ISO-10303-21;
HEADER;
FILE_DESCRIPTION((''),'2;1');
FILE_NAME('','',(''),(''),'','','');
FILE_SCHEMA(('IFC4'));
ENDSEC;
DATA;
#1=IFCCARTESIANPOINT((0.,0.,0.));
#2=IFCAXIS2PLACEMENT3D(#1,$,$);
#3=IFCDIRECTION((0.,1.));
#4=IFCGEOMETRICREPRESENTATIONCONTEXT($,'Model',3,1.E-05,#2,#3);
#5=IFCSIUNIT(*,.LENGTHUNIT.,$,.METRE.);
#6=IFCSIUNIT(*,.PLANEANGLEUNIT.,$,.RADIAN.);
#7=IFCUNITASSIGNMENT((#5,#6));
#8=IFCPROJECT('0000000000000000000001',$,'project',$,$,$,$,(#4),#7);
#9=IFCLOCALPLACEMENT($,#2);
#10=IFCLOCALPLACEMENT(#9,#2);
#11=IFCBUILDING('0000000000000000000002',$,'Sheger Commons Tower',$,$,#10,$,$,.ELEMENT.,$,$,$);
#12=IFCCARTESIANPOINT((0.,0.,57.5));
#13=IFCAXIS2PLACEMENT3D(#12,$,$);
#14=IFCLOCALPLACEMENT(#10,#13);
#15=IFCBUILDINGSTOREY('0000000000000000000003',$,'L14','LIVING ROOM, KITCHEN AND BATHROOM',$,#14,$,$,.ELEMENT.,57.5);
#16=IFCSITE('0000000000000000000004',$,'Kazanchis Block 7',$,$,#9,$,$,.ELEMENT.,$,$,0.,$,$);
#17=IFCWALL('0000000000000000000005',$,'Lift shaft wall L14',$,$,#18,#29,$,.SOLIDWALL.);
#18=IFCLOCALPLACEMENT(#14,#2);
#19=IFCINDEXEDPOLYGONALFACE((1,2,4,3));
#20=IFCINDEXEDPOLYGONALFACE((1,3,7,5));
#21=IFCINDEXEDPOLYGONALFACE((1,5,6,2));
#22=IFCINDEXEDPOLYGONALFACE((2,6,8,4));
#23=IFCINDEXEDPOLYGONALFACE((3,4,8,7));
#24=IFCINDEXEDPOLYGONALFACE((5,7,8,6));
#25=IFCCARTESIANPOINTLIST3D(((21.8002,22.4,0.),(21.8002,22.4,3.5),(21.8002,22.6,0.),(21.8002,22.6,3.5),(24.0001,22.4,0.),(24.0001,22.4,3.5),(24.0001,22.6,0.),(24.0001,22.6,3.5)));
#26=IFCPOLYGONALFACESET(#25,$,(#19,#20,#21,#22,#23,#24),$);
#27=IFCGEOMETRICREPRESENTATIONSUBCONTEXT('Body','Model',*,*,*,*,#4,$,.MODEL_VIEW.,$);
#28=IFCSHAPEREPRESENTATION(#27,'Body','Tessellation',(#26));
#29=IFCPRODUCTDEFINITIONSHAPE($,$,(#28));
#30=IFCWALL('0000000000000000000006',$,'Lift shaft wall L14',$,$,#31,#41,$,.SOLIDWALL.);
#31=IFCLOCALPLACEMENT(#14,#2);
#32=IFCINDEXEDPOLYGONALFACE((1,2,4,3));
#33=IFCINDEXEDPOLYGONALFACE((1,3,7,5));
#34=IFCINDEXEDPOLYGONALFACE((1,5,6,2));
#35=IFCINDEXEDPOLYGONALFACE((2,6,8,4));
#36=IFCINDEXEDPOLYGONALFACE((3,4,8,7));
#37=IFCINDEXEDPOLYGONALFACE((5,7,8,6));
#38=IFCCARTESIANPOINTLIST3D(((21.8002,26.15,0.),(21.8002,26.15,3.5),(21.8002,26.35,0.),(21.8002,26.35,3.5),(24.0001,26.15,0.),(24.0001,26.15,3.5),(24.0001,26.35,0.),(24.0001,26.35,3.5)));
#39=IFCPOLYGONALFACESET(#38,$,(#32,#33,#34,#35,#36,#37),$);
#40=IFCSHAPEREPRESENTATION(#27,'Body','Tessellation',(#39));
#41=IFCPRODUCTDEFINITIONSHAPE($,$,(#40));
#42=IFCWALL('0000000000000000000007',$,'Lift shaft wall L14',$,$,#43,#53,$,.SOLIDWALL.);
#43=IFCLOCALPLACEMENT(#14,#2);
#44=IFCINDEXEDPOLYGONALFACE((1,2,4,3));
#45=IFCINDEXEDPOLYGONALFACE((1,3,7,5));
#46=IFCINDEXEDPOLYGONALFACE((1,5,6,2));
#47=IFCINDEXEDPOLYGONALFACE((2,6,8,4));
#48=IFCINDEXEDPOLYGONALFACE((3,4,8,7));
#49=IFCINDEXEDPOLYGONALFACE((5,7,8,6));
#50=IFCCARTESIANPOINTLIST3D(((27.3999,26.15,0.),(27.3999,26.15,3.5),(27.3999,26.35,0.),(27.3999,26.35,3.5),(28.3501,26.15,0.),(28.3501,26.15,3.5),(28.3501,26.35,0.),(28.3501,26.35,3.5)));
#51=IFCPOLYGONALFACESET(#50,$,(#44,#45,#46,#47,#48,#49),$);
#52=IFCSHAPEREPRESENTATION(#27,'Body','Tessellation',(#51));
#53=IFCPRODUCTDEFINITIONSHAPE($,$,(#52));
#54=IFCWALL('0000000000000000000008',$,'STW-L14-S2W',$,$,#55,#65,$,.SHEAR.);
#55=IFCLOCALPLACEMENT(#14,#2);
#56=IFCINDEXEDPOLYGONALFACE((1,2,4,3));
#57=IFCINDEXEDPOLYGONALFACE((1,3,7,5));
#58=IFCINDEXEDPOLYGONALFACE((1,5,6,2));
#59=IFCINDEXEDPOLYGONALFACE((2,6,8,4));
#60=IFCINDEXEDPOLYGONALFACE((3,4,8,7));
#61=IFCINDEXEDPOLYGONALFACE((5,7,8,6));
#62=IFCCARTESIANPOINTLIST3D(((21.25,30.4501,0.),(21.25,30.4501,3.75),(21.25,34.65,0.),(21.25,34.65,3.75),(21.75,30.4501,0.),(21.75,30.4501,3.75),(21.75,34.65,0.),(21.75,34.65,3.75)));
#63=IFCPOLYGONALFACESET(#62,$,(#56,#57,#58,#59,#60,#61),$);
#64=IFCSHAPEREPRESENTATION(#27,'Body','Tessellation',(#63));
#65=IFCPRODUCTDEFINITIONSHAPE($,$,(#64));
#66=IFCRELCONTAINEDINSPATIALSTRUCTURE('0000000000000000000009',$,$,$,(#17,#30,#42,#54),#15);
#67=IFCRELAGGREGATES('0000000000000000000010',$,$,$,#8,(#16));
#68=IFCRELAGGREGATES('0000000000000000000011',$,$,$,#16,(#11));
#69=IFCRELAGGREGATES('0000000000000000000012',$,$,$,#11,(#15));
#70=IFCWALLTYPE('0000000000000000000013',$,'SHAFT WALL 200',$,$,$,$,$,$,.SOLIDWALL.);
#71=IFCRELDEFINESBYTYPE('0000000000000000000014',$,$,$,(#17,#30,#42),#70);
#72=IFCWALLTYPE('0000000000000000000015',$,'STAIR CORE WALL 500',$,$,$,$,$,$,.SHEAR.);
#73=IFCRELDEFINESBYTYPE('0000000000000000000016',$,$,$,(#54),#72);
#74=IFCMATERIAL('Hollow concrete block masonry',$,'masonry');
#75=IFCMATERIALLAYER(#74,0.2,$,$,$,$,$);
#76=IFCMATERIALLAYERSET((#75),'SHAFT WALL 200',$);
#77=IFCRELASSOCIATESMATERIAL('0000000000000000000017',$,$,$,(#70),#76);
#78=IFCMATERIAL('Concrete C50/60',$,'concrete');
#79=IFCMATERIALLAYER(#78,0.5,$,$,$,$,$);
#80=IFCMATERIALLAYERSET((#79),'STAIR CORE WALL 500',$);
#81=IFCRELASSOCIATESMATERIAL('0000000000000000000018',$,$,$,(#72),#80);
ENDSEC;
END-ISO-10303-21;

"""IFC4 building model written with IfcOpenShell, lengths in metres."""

from ifc_helpers import new_model, si_unit, direction, frame, frame_2d, origin, place, context, subcontext, project, spatial, rectangle, extrude, material, layer, layer_set, type_object, element, save


model = new_model("IFC4")

# Units and contexts
model_context = context("Model", 3, precision=1e-05, world=origin(), true_north=direction((0.0, 1.0)))
body_context = subcontext(model_context, "Body", "Model", "MODEL_VIEW")
ifc_project = project(units=[si_unit("LENGTHUNIT", "METRE"), si_unit("PLANEANGLEUNIT", "RADIAN")], contexts=[model_context])

# Site, building, storey
site_placement = place(None, origin())
site = spatial("IfcSite", under=ifc_project, at=site_placement, Name="Kazanchis Block 7", CompositionType="ELEMENT", RefElevation=0.0)
building_placement = place(site_placement, origin())
building = spatial("IfcBuilding", under=site, at=building_placement, Name="Sheger Commons Tower", CompositionType="ELEMENT")
storey_placement = place(building_placement, frame((0.0, 0.0, 57.5)))
storey = spatial("IfcBuildingStorey", under=building, at=storey_placement, Name="L14", Description="LIVING ROOM, KITCHEN AND BATHROOM", CompositionType="ELEMENT", Elevation=57.5)

# Walls
ifc_material_1 = material(Name="Hollow concrete block masonry", Category="masonry")
ifc_layer_1 = layer(ifc_material_1, 0.2)
ifc_layer_set_1 = layer_set([ifc_layer_1], Name="SHAFT WALL 200")
wall_type_1 = type_object("IfcWallType", Name="SHAFT WALL 200", PredefinedType="SOLIDWALL", material=ifc_layer_set_1)
for number, where, z_axis, x_axis, name in (
    (1, (21.8, 22.5, 0.0), (0.0, 0.0, 1.0), (1.0, 0.0, 0.0), "Lift shaft wall L14"),
    (2, (21.8, 26.25, 0.0), (0.0, 0.0, 1.0), (1.0, 0.0, 0.0), "Lift shaft wall L14"),
):
    element("IfcWall", number, at=place(storey_placement, frame(where, z_axis=z_axis, x_axis=x_axis)), inside=storey, type_object=wall_type_1, Name=name, PredefinedType="SOLIDWALL", context=body_context, shape_type="SweptSolid", body=[
        extrude(rectangle(XDim=2.2, YDim=0.2, at=frame_2d((1.1001, 0.0))), origin(), (0.0, 0.0, 1.0), 3.5),
    ])
wall_1_placement = place(storey_placement, frame((27.3999, 26.25, 0.0), z_axis=(0.0, 0.0, 1.0), x_axis=(1.0, 0.0, 0.0)))
element("IfcWall", 3, at=wall_1_placement, inside=storey, type_object=wall_type_1, Name="Lift shaft wall L14", PredefinedType="SOLIDWALL", context=body_context, shape_type="SweptSolid", body=[
    extrude(rectangle(XDim=0.9502, YDim=0.2, at=frame_2d((0.4751, 0.0))), origin(), (0.0, 0.0, 1.0), 3.5),
])
ifc_material_2 = material(Name="Concrete C50/60", Category="concrete")
ifc_layer_2 = layer(ifc_material_2, 0.5)
ifc_layer_set_2 = layer_set([ifc_layer_2], Name="STAIR CORE WALL 500")
wall_type_2 = type_object("IfcWallType", Name="STAIR CORE WALL 500", PredefinedType="SHEAR", material=ifc_layer_set_2)
wall_2_placement = place(storey_placement, frame((21.5, 30.45, 0.0), z_axis=(0.0, 0.0, 1.0), x_axis=(0.0, 1.0, 0.0)))
element("IfcWall", 4, at=wall_2_placement, inside=storey, type_object=wall_type_2, Name="STW-L14-S2W", PredefinedType="SHEAR", context=body_context, shape_type="SweptSolid", body=[
    extrude(rectangle(XDim=4.2, YDim=0.5, at=frame_2d((2.1001, 0.0))), origin(), (0.0, 0.0, 1.0), 3.75),
])

save(model, "model.ifc")
